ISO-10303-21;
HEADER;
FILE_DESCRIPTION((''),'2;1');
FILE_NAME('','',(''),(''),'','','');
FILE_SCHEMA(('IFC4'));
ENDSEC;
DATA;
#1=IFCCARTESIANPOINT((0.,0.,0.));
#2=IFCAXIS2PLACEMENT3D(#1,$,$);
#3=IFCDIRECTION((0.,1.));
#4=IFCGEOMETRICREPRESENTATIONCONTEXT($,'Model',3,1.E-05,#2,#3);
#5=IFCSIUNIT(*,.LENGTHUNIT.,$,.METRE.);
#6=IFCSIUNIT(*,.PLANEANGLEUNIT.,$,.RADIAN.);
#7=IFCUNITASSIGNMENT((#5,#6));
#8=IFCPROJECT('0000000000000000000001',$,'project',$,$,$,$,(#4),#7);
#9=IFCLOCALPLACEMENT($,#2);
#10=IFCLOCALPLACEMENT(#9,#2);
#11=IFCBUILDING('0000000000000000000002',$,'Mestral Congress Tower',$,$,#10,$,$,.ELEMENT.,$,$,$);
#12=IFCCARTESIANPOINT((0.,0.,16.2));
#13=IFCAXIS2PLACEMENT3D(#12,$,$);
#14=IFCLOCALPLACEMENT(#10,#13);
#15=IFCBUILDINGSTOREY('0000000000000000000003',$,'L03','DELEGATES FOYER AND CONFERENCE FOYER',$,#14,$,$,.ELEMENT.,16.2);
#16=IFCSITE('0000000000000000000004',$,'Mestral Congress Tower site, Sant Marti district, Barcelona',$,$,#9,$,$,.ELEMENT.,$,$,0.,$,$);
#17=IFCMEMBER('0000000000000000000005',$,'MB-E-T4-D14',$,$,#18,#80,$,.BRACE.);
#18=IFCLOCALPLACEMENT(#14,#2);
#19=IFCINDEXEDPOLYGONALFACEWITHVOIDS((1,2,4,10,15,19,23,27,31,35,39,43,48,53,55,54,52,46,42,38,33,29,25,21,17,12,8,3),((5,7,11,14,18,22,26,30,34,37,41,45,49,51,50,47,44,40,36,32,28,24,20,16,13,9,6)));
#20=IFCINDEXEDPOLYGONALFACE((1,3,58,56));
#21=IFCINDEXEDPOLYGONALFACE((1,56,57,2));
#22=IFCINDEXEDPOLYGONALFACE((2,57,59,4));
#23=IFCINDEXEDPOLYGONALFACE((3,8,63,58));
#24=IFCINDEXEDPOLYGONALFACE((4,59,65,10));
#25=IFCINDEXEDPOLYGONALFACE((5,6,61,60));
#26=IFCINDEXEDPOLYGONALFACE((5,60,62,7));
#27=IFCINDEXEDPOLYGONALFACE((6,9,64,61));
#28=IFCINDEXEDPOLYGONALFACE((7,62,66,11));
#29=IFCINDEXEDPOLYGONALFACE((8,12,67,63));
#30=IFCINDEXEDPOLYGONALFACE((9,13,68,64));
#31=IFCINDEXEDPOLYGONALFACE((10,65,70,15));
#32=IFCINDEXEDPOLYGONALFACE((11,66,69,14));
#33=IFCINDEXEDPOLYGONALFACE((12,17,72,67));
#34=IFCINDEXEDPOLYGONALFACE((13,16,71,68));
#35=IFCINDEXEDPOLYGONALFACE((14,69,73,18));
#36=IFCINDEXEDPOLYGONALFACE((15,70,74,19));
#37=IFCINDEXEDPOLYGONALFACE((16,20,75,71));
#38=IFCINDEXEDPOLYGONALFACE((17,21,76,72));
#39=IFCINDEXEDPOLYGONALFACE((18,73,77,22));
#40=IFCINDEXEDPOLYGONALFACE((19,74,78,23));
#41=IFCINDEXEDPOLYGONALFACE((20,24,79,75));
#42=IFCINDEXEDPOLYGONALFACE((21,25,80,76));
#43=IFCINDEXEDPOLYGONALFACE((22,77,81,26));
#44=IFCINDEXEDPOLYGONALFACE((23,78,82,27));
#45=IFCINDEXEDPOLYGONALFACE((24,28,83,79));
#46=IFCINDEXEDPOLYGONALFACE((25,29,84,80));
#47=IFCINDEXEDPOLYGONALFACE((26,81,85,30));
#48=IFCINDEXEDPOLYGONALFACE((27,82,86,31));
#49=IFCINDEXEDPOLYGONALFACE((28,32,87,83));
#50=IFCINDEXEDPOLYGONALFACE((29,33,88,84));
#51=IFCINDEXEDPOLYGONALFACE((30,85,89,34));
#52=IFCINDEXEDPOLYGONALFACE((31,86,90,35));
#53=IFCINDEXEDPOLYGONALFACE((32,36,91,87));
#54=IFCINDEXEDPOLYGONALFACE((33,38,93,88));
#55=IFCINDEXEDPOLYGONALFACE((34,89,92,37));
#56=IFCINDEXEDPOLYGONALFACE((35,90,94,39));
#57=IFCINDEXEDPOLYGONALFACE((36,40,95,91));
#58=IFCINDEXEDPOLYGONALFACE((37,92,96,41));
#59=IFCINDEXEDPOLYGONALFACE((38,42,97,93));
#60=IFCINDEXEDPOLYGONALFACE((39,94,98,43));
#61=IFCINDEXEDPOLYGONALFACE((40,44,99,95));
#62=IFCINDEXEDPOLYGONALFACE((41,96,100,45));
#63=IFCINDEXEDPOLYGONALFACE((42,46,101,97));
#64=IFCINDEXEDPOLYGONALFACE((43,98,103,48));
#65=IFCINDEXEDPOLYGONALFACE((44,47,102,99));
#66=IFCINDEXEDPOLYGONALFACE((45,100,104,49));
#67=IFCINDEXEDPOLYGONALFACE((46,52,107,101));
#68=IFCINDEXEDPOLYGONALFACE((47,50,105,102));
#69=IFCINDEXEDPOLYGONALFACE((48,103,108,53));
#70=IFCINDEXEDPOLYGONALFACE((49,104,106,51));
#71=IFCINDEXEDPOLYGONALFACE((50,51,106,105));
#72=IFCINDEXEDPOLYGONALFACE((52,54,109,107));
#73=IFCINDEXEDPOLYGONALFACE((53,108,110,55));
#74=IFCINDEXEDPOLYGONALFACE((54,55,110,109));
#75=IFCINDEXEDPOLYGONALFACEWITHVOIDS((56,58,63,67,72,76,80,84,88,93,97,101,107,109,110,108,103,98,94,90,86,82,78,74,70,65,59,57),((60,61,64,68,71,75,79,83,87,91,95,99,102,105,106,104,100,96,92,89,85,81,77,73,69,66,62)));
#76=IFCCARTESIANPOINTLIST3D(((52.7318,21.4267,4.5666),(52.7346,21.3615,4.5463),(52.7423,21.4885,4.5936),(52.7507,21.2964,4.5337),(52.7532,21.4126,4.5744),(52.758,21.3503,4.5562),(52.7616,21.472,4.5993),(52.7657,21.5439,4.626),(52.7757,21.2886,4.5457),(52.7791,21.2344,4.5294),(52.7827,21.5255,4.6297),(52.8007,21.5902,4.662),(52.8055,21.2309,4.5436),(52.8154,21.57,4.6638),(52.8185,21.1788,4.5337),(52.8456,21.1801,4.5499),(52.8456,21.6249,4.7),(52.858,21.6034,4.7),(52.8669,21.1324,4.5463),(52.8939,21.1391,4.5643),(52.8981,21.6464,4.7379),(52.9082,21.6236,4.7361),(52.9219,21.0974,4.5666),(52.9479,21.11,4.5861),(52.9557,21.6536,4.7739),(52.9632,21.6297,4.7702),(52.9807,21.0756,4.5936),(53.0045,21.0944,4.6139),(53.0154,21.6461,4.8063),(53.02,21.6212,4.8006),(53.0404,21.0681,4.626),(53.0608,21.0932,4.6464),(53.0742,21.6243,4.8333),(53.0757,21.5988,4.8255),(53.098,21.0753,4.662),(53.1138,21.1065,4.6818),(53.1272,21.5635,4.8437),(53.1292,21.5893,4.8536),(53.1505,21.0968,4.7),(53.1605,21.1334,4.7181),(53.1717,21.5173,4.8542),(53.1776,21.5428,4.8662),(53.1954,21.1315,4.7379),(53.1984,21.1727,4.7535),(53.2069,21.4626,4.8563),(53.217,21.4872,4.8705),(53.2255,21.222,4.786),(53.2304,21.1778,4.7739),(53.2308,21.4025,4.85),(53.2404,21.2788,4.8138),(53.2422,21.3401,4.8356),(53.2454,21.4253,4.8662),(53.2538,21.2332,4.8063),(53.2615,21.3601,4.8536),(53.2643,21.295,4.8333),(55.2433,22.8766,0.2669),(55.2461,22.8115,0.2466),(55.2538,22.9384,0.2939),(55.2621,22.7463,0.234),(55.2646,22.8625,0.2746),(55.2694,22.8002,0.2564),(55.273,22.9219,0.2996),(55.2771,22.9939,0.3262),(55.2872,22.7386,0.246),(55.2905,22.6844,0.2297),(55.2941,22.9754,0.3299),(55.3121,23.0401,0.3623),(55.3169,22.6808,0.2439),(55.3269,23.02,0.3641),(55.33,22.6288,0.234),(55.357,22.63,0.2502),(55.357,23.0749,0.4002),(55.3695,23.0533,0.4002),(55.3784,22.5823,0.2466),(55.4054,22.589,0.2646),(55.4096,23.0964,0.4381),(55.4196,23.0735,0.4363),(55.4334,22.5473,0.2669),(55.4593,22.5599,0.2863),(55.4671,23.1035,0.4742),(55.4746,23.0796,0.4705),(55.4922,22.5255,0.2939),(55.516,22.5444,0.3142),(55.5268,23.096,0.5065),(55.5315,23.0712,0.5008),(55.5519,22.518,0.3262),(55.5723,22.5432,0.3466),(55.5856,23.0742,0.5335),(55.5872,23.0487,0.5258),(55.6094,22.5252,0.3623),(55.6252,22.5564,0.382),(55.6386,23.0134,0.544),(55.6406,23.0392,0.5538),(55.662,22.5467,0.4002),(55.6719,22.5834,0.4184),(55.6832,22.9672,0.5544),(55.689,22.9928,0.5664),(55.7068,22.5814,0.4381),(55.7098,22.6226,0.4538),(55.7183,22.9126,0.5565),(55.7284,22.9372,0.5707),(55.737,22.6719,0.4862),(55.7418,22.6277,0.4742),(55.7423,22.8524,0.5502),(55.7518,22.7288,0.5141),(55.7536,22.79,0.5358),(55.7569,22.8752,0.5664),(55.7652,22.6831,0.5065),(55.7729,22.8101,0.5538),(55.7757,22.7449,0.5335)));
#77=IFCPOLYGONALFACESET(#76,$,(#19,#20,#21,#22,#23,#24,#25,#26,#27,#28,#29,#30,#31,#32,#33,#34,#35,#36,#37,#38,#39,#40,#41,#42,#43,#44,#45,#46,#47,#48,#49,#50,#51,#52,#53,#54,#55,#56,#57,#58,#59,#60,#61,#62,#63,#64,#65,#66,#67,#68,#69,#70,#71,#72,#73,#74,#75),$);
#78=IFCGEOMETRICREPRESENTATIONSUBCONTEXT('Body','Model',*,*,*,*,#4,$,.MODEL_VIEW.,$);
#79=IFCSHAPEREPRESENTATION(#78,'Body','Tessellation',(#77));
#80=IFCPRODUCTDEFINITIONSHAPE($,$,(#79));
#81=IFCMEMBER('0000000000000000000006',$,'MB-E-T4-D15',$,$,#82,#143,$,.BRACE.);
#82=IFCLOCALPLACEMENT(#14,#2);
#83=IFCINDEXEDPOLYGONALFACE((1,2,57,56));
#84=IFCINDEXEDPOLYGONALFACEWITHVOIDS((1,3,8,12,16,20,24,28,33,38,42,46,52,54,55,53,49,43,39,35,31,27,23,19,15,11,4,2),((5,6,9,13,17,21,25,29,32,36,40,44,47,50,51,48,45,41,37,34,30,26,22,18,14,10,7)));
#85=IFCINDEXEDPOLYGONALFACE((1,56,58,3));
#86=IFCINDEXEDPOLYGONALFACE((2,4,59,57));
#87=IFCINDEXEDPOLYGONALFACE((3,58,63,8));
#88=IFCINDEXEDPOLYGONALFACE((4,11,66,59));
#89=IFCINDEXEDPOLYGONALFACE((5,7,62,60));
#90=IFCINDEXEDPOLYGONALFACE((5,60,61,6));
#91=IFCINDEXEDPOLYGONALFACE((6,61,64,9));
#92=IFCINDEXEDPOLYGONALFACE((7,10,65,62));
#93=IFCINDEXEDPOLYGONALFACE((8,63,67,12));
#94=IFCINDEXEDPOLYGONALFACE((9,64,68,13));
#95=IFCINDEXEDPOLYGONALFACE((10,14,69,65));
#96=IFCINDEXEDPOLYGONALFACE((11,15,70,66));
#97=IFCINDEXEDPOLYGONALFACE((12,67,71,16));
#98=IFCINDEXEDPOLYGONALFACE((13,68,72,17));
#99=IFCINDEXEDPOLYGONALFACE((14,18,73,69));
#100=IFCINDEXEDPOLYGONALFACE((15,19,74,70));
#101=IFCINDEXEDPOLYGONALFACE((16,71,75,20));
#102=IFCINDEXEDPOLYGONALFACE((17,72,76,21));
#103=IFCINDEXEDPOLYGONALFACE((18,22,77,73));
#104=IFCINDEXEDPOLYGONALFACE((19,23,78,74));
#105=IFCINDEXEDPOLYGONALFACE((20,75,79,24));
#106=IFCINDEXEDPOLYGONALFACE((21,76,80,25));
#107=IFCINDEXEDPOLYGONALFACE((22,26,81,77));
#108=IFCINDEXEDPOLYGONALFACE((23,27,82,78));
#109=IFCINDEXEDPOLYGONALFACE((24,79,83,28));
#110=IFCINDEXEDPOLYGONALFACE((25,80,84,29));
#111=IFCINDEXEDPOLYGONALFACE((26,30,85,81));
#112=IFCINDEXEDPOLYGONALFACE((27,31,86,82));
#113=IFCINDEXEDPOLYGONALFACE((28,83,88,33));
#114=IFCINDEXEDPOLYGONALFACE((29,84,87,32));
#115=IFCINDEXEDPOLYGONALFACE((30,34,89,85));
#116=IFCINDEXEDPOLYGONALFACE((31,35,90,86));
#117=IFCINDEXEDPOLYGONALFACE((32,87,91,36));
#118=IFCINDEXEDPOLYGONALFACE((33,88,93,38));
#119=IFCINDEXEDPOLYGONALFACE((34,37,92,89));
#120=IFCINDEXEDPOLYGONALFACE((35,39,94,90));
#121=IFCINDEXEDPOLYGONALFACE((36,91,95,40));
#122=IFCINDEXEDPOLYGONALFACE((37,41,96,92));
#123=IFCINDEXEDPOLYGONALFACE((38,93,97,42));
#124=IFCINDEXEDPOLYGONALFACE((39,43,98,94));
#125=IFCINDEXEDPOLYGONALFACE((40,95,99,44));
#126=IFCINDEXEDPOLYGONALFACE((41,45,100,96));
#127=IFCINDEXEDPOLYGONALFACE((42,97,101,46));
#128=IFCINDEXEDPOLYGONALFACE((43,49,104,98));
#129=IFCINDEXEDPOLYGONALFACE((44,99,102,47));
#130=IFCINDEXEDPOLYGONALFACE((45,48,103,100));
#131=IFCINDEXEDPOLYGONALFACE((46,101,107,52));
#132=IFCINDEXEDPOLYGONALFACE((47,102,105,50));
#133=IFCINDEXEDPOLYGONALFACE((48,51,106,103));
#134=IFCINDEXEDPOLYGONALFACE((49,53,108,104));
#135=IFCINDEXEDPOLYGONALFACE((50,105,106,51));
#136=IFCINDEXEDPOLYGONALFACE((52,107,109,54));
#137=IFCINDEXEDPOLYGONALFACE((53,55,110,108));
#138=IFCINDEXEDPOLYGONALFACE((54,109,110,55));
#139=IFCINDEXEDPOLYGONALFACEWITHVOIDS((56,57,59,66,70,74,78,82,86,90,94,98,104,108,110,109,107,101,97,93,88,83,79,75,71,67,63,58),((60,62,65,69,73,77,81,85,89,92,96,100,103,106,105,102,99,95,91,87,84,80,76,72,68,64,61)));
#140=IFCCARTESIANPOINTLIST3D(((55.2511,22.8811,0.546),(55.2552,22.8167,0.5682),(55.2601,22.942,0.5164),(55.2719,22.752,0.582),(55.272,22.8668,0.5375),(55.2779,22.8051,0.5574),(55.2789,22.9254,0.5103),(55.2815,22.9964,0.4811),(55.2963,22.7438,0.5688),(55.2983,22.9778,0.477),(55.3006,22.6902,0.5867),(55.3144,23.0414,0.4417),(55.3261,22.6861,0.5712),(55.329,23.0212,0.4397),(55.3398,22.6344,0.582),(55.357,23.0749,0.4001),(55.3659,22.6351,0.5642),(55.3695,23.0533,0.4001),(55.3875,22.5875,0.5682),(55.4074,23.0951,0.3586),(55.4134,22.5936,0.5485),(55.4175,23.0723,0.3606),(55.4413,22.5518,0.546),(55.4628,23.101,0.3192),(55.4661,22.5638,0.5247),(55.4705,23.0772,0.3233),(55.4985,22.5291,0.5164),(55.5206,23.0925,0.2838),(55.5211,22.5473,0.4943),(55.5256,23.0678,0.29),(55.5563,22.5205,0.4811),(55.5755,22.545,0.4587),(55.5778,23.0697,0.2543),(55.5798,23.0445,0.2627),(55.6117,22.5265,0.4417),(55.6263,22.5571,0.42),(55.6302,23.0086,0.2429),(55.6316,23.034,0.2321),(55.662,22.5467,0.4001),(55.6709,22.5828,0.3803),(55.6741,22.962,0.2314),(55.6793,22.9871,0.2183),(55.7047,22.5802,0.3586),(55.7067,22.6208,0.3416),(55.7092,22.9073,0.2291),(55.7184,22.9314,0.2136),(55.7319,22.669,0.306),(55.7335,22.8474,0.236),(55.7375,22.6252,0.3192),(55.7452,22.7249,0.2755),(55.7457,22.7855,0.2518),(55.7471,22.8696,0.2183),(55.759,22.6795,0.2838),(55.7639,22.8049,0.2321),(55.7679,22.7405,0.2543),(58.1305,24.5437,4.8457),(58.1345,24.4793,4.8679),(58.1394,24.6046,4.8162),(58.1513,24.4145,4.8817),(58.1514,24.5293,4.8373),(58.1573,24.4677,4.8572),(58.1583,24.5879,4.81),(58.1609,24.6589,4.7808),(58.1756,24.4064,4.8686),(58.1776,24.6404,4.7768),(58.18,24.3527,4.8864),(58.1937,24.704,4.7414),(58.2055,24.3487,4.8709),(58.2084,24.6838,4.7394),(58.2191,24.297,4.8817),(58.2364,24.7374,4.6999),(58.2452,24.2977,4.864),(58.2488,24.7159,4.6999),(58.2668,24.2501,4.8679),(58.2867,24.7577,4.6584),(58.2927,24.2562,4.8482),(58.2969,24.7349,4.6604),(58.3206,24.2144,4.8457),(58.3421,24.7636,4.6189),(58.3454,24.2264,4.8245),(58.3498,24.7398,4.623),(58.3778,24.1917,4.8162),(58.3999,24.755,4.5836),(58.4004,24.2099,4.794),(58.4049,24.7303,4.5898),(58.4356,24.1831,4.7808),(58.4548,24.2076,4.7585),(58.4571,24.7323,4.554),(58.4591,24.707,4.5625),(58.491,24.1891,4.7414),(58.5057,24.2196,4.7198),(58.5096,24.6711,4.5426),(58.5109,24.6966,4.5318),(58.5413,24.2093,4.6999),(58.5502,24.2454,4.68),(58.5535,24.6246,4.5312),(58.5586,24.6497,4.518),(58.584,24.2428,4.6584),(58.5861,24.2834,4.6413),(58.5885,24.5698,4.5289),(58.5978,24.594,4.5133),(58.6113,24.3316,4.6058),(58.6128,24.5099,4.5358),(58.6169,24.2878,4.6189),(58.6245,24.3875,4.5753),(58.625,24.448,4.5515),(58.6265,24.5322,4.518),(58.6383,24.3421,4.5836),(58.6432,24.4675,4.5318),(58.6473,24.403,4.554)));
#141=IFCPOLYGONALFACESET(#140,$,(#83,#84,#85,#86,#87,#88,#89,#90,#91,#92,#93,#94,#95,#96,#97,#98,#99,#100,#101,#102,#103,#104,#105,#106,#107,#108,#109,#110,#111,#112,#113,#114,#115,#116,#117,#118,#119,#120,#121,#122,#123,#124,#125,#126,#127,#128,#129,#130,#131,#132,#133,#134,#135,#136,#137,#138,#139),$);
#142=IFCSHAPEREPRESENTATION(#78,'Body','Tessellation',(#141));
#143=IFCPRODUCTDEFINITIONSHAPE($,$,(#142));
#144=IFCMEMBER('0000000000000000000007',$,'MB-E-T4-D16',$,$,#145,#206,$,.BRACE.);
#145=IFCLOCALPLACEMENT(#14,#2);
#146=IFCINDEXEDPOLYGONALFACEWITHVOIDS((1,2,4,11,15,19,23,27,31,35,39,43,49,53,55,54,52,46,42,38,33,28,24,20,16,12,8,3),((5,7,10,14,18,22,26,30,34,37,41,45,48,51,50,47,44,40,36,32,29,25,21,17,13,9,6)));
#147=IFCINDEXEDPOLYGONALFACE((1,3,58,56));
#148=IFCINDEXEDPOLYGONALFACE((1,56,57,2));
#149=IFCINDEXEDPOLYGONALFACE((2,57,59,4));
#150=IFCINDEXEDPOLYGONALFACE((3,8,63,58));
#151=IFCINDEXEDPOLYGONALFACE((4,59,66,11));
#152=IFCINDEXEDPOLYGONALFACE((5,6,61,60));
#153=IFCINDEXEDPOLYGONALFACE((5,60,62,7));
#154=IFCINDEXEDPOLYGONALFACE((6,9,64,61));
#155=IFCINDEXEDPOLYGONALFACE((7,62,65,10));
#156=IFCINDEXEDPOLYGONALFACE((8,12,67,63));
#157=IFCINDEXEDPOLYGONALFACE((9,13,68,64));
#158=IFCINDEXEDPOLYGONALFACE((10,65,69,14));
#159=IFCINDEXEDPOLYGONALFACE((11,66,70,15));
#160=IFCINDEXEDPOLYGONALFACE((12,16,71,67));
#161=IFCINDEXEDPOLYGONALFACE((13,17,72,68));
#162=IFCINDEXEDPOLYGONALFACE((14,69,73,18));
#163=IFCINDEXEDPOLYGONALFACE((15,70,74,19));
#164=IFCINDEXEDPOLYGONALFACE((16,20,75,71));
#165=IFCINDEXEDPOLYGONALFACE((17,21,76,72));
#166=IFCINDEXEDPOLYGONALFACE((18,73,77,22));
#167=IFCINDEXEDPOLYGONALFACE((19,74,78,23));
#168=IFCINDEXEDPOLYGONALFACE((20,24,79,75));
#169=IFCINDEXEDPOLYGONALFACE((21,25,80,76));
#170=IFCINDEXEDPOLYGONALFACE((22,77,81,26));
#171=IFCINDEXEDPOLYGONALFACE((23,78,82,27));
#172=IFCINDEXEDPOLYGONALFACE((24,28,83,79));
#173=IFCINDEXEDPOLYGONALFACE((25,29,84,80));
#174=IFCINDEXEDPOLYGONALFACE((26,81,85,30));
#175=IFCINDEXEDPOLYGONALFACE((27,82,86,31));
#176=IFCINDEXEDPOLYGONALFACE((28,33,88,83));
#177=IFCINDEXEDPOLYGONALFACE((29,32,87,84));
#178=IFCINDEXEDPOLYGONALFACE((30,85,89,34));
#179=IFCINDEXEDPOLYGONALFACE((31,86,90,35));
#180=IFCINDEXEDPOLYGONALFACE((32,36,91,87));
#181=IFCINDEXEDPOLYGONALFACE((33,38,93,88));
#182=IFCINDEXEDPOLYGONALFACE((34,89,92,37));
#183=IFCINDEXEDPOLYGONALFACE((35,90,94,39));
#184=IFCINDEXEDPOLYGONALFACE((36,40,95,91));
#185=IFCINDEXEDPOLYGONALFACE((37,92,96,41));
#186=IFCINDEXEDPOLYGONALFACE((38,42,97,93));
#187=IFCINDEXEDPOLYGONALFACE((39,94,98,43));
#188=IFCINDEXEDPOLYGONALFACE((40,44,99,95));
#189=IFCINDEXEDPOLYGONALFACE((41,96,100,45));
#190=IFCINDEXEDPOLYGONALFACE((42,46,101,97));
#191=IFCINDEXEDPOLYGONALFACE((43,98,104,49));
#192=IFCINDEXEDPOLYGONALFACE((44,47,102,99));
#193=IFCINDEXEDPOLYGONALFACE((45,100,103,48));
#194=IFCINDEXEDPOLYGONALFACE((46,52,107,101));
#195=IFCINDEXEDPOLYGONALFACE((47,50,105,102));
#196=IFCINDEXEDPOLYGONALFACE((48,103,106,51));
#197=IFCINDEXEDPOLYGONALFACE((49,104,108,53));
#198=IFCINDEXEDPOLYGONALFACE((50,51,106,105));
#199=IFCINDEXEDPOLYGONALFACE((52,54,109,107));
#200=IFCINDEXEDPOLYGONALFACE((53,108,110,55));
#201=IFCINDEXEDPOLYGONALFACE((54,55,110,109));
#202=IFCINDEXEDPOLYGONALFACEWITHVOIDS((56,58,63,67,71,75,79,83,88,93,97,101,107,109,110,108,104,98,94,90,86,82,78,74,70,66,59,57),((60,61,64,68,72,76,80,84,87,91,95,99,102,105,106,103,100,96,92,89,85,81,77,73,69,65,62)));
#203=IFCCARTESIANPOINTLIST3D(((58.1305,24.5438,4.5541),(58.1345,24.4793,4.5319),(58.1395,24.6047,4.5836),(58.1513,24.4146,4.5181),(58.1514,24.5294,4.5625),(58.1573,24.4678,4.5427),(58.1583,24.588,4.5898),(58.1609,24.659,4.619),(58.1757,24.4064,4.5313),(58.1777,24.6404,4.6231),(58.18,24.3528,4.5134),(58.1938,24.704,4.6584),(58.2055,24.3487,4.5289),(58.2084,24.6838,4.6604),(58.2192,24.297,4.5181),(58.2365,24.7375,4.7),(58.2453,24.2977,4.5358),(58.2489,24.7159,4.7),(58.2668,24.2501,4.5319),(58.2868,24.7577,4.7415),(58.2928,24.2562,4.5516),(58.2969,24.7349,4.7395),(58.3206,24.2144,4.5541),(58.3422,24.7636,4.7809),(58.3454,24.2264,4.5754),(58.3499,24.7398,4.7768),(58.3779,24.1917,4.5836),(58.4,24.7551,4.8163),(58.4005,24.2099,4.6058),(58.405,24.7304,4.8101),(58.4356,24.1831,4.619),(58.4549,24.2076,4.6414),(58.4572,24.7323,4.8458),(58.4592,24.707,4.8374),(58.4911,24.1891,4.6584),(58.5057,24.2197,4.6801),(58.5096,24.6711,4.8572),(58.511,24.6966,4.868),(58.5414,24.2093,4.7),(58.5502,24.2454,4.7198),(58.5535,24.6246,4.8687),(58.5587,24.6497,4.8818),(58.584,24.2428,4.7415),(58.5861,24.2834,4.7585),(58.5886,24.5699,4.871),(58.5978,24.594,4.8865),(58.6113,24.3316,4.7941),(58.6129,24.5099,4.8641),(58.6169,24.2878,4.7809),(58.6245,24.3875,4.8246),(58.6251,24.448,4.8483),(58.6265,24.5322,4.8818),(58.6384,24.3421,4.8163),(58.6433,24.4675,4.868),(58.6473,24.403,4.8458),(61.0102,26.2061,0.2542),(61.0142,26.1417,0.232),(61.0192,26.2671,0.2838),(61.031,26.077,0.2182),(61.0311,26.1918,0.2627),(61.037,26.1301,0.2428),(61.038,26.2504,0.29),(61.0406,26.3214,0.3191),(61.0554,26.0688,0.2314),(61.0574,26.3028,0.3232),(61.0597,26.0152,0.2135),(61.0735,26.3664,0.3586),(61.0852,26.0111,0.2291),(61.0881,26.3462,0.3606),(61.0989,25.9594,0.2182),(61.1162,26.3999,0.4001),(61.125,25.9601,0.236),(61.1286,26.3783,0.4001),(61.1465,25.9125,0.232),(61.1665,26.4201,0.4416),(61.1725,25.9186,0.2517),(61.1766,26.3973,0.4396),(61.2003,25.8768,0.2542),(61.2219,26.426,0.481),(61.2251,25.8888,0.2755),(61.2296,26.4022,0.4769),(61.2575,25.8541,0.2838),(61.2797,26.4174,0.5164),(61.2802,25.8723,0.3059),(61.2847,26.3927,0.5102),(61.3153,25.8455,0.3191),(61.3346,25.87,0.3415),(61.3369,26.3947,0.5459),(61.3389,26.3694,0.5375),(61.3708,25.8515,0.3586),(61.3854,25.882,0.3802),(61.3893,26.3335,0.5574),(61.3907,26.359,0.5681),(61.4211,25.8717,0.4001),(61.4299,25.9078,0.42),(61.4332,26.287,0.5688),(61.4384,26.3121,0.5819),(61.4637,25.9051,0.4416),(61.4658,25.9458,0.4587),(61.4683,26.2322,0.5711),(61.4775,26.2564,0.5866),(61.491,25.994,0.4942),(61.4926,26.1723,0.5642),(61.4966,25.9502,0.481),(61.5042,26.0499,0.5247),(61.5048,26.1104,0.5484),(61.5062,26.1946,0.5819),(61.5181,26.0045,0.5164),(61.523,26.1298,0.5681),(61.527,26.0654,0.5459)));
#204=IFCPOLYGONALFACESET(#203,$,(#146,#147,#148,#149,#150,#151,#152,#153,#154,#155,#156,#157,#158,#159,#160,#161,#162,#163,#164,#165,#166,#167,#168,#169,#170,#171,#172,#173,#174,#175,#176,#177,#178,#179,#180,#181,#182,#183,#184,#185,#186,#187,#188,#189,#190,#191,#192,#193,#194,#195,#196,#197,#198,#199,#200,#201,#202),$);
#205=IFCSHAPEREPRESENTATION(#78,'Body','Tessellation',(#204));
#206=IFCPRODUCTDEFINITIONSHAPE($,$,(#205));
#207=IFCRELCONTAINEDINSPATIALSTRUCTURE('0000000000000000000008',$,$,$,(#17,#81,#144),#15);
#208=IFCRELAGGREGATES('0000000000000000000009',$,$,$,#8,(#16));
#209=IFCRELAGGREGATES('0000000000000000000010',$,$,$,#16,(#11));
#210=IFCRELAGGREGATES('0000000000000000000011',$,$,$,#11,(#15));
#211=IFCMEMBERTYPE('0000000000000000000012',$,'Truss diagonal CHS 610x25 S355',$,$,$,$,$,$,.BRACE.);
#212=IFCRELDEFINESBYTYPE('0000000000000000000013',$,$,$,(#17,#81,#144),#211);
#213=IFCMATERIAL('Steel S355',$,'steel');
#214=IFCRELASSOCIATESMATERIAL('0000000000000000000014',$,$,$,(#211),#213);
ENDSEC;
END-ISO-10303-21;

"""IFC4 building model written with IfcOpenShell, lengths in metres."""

from ifc_helpers import new_model, si_unit, direction, frame, origin, origin_2d, place, context, subcontext, project, spatial, hollow_circle, extrude, material, material_profile, profile_set, type_object, element, save


model = new_model("IFC4")

# Units and contexts
model_context = context("Model", 3, precision=1e-05, world=origin(), true_north=direction((0.0, 1.0)))
body_context = subcontext(model_context, "Body", "Model", "MODEL_VIEW")
ifc_project = project(units=[si_unit("LENGTHUNIT", "METRE"), si_unit("PLANEANGLEUNIT", "RADIAN")], contexts=[model_context])

# Site, building, storey
site_placement = place(None, origin())
site = spatial("IfcSite", under=ifc_project, at=site_placement, Name="Mestral Congress Tower site, Sant Marti district, Barcelona", CompositionType="ELEMENT", RefElevation=0.0)
building_placement = place(site_placement, origin())
building = spatial("IfcBuilding", under=site, at=building_placement, Name="Mestral Congress Tower", CompositionType="ELEMENT")
storey_placement = place(building_placement, frame((0.0, 0.0, 16.2)))
storey = spatial("IfcBuildingStorey", under=building, at=storey_placement, Name="L03", Description="DELEGATES FOYER AND CONFERENCE FOYER", CompositionType="ELEMENT", Elevation=16.2)

# Members
ifc_material = material(Name="Steel S355", Category="steel")
ifc_material_profile_1 = material_profile(ifc_material, hollow_circle(Radius=0.3049, WallThickness=0.0249, at=origin_2d()), Name="CHS 610x25")
ifc_profile_set_1 = profile_set([ifc_material_profile_1], Name="Steel S355")
member_type_1 = type_object("IfcMemberType", Name="Truss diagonal CHS 610x25 S355", PredefinedType="BRACE", material=ifc_profile_set_1)
member_1_placement = place(storey_placement, frame((52.998, 21.3608, 4.7), z_axis=(0.484247, 0.279571, -0.829062), x_axis=(-0.499987, 0.866033, 0.0)))
element("IfcMember", 1, at=member_1_placement, inside=storey, type_object=member_type_1, Name="MB-E-T4-D14", PredefinedType="BRACE", context=body_context, shape_type="SweptSolid", body=[
    extrude(hollow_circle(Radius=0.3049, WallThickness=0.0249, at=origin_2d()), origin(), (0.0, 0.0, 1.0), 5.1863),
])
member_2_placement = place(storey_placement, frame((55.5095, 22.8108, 0.4001), z_axis=(0.529749, 0.305884, 0.791076), x_axis=(-0.50004, 0.866002, 0.0)))
element("IfcMember", 2, at=member_2_placement, inside=storey, type_object=member_type_1, Name="MB-E-T4-D15", PredefinedType="BRACE", context=body_context, shape_type="SweptSolid", body=[
    extrude(hollow_circle(Radius=0.3049, WallThickness=0.0249, at=origin_2d()), origin(), (0.0, 0.0, 1.0), 5.4353),
])
for number, where, z_axis, x_axis, name in (
    (3, (58.3889, 24.4734, 4.7), (0.529789, 0.305836, -0.791068), (-0.499953, 0.866052, 0.0), "MB-E-T4-D16"),
):
    element("IfcMember", number, at=place(storey_placement, frame(where, z_axis=z_axis, x_axis=x_axis)), inside=storey, type_object=member_type_1, Name=name, PredefinedType="BRACE", context=body_context, shape_type="SweptSolid", body=[
        extrude(hollow_circle(Radius=0.3049, WallThickness=0.0249, at=origin_2d()), origin(), (0.0, 0.0, 1.0), 5.4355),
    ])

save(model, "model.ifc")
